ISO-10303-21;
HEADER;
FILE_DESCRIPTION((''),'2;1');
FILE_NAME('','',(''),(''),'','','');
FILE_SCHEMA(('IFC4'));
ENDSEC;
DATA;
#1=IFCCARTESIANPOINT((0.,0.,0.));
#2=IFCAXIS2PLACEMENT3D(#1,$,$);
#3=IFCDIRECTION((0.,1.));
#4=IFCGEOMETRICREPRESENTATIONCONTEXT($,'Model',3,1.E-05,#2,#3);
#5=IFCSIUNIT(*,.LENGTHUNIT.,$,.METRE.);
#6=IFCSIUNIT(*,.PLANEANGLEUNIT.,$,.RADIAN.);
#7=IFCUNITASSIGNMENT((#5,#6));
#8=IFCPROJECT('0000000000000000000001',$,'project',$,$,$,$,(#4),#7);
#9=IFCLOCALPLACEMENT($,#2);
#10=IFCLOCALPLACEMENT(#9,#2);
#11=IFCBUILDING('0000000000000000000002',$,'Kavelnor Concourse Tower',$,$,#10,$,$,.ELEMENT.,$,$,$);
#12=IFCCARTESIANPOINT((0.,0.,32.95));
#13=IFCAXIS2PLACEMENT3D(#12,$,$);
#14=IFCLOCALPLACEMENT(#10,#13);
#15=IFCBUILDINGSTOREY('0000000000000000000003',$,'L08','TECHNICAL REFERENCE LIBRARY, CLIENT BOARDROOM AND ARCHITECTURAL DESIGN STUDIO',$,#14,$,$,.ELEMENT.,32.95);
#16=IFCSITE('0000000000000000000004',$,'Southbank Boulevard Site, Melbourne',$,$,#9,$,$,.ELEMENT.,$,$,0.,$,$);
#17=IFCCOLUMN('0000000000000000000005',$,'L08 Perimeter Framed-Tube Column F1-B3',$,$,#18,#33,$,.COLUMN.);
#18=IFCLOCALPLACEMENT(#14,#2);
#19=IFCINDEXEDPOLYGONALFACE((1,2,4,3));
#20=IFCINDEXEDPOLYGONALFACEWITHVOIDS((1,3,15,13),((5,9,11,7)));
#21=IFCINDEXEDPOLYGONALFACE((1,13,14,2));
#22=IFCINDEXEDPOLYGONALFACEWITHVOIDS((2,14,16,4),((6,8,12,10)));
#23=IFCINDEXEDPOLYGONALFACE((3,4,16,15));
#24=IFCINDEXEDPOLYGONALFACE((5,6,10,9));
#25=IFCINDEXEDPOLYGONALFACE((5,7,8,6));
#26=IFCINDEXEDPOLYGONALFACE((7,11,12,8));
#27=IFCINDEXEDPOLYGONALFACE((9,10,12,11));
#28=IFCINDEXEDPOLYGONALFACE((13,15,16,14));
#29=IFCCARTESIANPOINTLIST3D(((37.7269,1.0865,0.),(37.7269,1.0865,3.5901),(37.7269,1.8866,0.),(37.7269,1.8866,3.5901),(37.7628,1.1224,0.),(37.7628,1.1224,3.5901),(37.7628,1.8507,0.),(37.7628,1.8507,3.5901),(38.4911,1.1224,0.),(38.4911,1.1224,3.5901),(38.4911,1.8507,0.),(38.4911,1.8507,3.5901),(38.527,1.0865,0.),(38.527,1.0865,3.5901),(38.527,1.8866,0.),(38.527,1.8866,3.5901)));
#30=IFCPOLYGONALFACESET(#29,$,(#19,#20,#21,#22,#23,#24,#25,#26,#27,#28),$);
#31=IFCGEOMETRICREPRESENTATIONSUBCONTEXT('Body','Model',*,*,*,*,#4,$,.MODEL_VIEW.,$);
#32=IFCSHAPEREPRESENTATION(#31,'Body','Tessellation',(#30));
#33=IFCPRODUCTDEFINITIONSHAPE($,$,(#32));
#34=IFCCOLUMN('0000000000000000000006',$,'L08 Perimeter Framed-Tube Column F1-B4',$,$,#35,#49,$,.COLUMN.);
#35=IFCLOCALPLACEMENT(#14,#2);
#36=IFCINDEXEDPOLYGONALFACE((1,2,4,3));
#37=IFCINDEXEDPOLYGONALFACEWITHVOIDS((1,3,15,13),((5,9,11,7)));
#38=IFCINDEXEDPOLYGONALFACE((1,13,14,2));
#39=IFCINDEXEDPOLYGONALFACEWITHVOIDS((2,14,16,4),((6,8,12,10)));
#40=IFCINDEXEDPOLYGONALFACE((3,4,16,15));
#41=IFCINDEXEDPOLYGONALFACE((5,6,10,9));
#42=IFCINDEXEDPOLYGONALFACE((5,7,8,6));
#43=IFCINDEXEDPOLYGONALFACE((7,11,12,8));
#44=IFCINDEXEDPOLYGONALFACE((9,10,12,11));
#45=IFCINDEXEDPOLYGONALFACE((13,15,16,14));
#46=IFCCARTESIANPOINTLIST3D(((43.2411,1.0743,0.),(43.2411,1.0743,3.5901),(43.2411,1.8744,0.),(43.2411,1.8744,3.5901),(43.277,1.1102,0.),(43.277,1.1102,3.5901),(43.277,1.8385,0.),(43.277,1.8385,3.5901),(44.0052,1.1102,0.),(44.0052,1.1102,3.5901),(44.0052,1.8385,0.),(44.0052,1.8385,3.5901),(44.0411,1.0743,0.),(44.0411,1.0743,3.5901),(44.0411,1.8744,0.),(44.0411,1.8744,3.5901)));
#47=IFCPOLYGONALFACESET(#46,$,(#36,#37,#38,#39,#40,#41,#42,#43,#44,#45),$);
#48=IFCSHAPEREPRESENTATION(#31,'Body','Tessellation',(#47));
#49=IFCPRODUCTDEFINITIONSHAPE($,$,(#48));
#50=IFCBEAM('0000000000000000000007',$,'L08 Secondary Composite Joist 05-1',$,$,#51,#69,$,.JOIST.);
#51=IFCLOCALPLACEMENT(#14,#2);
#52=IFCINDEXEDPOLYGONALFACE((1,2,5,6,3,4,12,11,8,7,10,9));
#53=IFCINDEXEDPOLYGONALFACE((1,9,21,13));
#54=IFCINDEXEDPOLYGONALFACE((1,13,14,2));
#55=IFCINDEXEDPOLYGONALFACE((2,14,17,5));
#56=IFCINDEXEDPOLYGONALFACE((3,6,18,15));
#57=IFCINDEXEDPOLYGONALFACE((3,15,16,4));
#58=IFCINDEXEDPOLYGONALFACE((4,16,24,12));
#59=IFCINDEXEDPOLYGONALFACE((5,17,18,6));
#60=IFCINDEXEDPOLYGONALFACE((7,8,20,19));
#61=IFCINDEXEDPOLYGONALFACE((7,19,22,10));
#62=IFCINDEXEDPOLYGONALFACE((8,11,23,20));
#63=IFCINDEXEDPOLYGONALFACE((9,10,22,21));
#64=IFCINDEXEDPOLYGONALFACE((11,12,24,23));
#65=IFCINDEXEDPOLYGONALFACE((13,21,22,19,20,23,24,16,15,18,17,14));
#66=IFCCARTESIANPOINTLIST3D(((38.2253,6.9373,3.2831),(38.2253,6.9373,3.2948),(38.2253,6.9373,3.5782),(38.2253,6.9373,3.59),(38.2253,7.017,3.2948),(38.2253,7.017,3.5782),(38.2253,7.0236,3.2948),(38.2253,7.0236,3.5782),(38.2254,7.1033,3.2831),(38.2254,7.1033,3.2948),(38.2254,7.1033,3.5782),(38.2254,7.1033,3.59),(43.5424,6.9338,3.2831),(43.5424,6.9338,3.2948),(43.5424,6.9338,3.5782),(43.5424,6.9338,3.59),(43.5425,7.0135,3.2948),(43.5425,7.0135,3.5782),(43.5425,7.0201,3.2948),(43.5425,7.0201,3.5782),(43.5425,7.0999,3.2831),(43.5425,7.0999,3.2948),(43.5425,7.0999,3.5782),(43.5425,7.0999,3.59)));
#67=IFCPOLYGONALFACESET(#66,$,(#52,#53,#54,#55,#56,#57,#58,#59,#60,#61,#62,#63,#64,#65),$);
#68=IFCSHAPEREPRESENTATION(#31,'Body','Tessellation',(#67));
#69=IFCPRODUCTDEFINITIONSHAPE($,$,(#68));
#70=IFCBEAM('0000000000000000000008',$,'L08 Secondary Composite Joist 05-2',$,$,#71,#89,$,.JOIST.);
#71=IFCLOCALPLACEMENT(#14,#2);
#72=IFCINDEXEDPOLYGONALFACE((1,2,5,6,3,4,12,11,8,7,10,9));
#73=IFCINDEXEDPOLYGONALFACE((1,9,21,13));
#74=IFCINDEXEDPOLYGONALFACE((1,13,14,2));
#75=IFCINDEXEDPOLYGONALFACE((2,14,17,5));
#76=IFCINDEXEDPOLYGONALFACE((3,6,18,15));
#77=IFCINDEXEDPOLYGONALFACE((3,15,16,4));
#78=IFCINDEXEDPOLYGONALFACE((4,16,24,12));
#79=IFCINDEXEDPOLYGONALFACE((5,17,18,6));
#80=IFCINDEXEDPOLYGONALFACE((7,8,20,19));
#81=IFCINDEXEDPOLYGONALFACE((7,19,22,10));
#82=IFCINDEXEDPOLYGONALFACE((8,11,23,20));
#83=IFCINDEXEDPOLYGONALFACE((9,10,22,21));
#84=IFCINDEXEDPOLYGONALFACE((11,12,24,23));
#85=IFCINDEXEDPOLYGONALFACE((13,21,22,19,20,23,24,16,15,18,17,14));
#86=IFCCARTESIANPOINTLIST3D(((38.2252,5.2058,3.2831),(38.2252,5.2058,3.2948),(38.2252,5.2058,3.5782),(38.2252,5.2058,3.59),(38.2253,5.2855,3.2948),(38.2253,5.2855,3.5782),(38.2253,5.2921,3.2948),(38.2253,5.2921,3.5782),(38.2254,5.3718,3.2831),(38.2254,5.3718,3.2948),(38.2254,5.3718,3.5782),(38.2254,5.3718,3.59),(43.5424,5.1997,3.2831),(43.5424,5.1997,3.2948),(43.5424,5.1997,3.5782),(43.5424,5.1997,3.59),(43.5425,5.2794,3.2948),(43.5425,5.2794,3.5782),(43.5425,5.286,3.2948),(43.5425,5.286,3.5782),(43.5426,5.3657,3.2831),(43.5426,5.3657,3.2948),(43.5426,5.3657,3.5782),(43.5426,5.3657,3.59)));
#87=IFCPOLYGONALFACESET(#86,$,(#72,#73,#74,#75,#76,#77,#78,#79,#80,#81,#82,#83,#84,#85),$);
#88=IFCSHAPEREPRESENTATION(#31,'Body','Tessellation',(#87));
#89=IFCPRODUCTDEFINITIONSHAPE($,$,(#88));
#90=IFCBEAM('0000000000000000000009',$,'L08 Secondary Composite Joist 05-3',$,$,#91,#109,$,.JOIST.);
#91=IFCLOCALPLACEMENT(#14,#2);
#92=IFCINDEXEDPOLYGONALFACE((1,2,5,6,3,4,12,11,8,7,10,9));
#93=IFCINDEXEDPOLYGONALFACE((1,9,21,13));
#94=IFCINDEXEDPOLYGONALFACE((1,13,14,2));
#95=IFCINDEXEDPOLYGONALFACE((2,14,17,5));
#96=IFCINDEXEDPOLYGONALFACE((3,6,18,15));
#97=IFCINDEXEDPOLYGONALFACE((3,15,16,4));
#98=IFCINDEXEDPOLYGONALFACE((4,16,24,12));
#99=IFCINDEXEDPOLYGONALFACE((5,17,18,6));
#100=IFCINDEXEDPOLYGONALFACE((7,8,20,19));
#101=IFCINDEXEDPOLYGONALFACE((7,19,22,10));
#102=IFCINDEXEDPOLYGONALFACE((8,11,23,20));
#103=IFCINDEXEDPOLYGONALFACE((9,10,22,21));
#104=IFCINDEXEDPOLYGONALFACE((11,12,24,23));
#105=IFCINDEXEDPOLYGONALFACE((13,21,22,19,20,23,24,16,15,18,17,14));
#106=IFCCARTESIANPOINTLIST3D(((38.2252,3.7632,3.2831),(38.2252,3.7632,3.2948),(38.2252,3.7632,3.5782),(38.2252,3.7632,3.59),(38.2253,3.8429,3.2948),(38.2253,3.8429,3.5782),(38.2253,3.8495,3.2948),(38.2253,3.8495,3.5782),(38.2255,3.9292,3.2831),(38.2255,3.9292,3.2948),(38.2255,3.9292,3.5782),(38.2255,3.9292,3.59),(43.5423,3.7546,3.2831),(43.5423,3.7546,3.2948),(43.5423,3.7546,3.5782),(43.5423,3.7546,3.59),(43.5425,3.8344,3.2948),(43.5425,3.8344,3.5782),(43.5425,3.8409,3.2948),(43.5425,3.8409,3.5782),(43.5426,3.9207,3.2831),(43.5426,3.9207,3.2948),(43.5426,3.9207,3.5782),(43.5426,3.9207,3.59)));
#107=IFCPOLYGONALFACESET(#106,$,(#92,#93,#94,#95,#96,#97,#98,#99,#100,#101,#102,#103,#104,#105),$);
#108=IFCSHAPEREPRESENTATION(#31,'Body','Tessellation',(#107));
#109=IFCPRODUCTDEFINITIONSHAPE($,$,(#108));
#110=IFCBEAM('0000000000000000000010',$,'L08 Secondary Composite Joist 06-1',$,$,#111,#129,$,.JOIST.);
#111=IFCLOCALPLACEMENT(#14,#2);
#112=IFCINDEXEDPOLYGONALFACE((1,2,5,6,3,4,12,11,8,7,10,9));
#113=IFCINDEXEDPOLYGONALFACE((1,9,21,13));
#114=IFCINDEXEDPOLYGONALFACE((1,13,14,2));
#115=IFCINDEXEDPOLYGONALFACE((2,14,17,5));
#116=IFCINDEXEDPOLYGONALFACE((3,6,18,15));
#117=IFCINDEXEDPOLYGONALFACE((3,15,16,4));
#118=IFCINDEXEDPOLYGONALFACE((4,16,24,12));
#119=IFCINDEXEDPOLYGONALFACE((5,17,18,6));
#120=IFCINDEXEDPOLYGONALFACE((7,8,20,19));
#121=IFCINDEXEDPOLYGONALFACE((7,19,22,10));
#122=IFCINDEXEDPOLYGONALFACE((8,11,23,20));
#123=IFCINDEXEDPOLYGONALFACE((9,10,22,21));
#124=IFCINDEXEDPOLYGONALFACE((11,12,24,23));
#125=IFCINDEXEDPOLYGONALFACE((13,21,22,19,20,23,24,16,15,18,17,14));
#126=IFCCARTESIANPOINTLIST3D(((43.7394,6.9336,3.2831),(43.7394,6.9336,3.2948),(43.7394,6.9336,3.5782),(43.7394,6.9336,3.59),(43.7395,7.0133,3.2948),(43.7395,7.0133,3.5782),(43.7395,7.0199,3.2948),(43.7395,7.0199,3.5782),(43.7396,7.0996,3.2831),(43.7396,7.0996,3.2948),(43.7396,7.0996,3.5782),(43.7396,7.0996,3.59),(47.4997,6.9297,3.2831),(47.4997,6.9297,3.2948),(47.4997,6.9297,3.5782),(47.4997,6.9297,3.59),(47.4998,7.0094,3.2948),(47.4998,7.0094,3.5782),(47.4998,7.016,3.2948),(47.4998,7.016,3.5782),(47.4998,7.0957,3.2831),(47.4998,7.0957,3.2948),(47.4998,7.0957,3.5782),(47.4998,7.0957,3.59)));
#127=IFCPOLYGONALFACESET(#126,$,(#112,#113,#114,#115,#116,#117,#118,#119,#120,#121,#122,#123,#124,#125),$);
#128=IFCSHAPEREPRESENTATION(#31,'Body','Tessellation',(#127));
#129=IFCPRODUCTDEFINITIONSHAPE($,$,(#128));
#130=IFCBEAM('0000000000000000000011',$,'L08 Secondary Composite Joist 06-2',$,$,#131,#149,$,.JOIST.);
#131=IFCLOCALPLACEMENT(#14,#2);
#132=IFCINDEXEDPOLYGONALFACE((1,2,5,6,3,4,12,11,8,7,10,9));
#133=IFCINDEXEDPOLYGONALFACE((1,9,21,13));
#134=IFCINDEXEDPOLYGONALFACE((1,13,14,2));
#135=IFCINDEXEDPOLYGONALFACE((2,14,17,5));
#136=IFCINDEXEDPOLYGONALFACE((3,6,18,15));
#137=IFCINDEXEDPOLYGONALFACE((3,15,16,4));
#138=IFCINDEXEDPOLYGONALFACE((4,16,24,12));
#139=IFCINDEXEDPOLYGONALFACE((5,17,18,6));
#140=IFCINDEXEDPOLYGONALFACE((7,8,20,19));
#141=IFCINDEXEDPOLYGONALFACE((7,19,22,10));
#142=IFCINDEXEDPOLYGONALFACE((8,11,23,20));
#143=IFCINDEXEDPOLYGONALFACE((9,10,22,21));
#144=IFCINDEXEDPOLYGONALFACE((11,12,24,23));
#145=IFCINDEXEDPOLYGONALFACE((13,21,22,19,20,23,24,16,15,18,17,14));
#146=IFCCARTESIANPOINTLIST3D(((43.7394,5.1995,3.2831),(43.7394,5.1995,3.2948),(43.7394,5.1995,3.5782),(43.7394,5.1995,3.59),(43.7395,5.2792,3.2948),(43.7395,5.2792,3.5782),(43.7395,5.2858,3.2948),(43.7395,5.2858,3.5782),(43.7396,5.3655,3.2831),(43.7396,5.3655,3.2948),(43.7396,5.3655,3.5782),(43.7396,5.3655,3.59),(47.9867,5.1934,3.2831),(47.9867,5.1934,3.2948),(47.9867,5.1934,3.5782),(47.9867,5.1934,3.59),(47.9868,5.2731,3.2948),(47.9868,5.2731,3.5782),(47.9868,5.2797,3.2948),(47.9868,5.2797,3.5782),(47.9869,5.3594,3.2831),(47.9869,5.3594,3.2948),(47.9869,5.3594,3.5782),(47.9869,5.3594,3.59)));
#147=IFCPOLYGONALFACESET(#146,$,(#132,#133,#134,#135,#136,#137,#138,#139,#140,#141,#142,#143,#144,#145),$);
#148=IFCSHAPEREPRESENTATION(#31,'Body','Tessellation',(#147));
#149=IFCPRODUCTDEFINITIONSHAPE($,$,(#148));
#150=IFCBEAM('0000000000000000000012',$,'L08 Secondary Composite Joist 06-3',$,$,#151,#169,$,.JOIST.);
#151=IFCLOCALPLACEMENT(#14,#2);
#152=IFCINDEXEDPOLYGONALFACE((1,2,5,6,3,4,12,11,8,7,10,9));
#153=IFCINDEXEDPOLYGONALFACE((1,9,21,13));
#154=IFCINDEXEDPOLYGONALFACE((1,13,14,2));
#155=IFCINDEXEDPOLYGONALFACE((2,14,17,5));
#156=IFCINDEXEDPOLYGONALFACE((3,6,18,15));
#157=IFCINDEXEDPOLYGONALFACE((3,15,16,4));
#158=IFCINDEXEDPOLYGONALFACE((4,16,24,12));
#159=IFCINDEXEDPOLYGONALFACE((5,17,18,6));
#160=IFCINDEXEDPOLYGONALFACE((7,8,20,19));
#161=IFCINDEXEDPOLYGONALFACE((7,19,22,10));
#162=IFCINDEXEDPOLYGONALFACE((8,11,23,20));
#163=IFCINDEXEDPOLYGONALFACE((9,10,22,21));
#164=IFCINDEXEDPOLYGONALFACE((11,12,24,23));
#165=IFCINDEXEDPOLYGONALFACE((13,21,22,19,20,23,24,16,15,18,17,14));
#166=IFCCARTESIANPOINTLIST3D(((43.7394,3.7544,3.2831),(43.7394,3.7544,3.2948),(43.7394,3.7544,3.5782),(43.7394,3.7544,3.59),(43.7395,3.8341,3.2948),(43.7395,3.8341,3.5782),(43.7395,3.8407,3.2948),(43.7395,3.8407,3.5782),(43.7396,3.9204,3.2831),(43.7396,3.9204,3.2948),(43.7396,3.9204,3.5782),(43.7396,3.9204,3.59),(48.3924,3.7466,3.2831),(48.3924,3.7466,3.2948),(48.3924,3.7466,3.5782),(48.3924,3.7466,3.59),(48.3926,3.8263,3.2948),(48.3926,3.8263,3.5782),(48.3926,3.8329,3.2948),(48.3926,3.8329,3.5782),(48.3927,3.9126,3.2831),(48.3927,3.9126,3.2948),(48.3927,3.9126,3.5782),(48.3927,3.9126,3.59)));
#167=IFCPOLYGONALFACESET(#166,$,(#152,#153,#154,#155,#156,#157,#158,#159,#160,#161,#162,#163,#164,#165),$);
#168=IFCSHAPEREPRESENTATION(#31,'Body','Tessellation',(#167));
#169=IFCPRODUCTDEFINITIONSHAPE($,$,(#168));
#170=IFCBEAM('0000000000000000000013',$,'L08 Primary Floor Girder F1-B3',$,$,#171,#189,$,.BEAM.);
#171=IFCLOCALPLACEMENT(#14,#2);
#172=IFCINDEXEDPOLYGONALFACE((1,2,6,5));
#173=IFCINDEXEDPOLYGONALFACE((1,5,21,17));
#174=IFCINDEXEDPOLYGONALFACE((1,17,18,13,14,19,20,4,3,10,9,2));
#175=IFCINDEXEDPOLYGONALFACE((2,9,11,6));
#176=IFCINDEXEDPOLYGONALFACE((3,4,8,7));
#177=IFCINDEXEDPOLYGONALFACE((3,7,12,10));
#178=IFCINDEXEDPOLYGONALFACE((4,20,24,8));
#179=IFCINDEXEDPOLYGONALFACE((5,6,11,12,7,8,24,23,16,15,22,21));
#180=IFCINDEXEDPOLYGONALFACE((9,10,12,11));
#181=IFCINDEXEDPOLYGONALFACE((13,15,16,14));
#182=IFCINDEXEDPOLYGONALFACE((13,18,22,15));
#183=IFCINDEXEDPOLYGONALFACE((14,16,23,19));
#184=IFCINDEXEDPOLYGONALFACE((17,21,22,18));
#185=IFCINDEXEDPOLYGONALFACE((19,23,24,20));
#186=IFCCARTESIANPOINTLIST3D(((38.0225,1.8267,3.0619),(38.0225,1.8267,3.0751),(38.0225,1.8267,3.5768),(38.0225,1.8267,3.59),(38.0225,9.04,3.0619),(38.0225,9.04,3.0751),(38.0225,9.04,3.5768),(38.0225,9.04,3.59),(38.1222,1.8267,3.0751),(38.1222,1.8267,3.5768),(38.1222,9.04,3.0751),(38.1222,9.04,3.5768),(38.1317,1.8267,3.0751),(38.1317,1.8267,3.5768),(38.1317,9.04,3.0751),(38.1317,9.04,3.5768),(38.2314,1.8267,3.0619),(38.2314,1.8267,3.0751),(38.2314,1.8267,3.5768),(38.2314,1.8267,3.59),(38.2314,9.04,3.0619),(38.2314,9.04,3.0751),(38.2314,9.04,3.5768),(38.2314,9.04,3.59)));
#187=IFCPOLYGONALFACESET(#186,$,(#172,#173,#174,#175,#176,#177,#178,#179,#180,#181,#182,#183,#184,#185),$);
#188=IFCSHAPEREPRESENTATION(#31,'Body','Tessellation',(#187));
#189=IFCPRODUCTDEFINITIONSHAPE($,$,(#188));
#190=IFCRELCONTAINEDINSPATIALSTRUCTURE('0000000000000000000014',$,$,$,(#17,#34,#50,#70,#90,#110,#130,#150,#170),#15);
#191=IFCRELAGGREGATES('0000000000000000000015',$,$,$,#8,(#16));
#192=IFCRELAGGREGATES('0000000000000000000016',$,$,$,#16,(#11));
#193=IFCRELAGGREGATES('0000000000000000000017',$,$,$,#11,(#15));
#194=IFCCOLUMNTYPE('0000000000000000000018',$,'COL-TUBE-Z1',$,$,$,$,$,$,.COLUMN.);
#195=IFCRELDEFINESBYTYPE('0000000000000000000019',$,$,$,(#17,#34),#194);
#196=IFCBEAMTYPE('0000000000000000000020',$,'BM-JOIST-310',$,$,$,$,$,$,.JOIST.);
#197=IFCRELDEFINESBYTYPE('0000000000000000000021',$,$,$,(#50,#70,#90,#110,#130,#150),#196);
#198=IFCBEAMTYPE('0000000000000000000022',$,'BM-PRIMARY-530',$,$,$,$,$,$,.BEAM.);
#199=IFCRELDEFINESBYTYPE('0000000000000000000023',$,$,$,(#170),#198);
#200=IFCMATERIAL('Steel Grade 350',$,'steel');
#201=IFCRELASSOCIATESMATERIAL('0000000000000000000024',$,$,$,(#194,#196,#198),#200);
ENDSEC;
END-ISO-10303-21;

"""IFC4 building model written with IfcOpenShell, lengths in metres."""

from ifc_helpers import new_model, si_unit, direction, frame, origin, origin_2d, place, context, subcontext, project, spatial, hollow_rectangle, i_section, extrude, material, material_profile, profile_set, type_object, element, save


model = new_model("IFC4")

# Units and contexts
model_context = context("Model", 3, precision=1e-05, world=origin(), true_north=direction((0.0, 1.0)))
body_context = subcontext(model_context, "Body", "Model", "MODEL_VIEW")
ifc_project = project(units=[si_unit("LENGTHUNIT", "METRE"), si_unit("PLANEANGLEUNIT", "RADIAN")], contexts=[model_context])

# Site, building, storey
site_placement = place(None, origin())
site = spatial("IfcSite", under=ifc_project, at=site_placement, Name="Southbank Boulevard Site, Melbourne", CompositionType="ELEMENT", RefElevation=0.0)
building_placement = place(site_placement, origin())
building = spatial("IfcBuilding", under=site, at=building_placement, Name="Kavelnor Concourse Tower", CompositionType="ELEMENT")
storey_placement = place(building_placement, frame((0.0, 0.0, 32.95)))
storey = spatial("IfcBuildingStorey", under=building, at=storey_placement, Name="L08", Description="TECHNICAL REFERENCE LIBRARY, CLIENT BOARDROOM AND ARCHITECTURAL DESIGN STUDIO", CompositionType="ELEMENT", Elevation=32.95)

# Columns
ifc_material_1 = material(Name="Steel Grade 350", Category="steel")
ifc_material_profile_1 = material_profile(ifc_material_1, hollow_rectangle(XDim=0.8, YDim=0.8, WallThickness=0.0359, at=origin_2d()), Name="SHS 800x800x36")
ifc_profile_set_1 = profile_set([ifc_material_profile_1], Name="Steel Grade 350")
column_type = type_object("IfcColumnType", Name="COL-TUBE-Z1", PredefinedType="COLUMN", material=ifc_profile_set_1)
for number, where, z_axis, x_axis, name in (
    (1, (38.127, 1.4866, 0.0), (0.0, 0.0, 1.0), (1.0, 0.0, 0.0), "L08 Perimeter Framed-Tube Column F1-B3"),
    (2, (43.6411, 1.4744, 0.0), (0.0, 0.0, 1.0), (1.0, 0.0, 0.0), "L08 Perimeter Framed-Tube Column F1-B4"),
):
    element("IfcColumn", number, at=place(storey_placement, frame(where, z_axis=z_axis, x_axis=x_axis)), inside=storey, type_object=column_type, Name=name, PredefinedType="COLUMN", context=body_context, shape_type="SweptSolid", body=[
        extrude(hollow_rectangle(XDim=0.8, YDim=0.8, WallThickness=0.0359, at=origin_2d()), origin(), (0.0, 0.0, 1.0), 3.5901),
    ])

# Beams
ifc_material_profile_2 = material_profile(ifc_material_1, i_section(OverallWidth=0.166, OverallDepth=0.3069, WebThickness=0.0066, FlangeThickness=0.0117, at=origin_2d()), Name="310UB46")
ifc_profile_set_2 = profile_set([ifc_material_profile_2], Name="Steel Grade 350")
beam_type_1 = type_object("IfcBeamType", Name="BM-JOIST-310", PredefinedType="JOIST", material=ifc_profile_set_2)
for number, where, z_axis, x_axis, name in (
    (3, (38.2253, 7.0203, 3.4365), (1.0, -0.000643, 0.0), (0.000643, 1.0, 0.0), "L08 Secondary Composite Joist 05-1"),
    (4, (38.2253, 5.2888, 3.4365), (0.999999, -0.001148, 0.0), (0.001148, 0.999999, 0.0), "L08 Secondary Composite Joist 05-2"),
    (5, (38.2253, 3.8462, 3.4365), (0.999999, -0.001607, 0.0), (0.001607, 0.999999, 0.0), "L08 Secondary Composite Joist 05-3"),
):
    element("IfcBeam", number, at=place(storey_placement, frame(where, z_axis=z_axis, x_axis=x_axis)), inside=storey, type_object=beam_type_1, Name=name, PredefinedType="JOIST", context=body_context, shape_type="SweptSolid", body=[
        extrude(i_section(OverallWidth=0.166, OverallDepth=0.3069, WebThickness=0.0066, FlangeThickness=0.0117, at=origin_2d()), origin(), (0.0, 0.0, 1.0), 5.3171),
    ])
beam_1_placement = place(storey_placement, frame((43.7395, 7.0166, 3.4365), z_axis=(0.999999, -0.001039, 0.0), x_axis=(0.001039, 0.999999, 0.0)))
element("IfcBeam", 6, at=beam_1_placement, inside=storey, type_object=beam_type_1, Name="L08 Secondary Composite Joist 06-1", PredefinedType="JOIST", context=body_context, shape_type="SweptSolid", body=[
    extrude(i_section(OverallWidth=0.166, OverallDepth=0.3069, WebThickness=0.0066, FlangeThickness=0.0117, at=origin_2d()), origin(), (0.0, 0.0, 1.0), 3.7603),
])
beam_2_placement = place(storey_placement, frame((43.7395, 5.2825, 3.4365), z_axis=(0.999999, -0.001437, 0.0), x_axis=(0.001437, 0.999999, 0.0)))
element("IfcBeam", 7, at=beam_2_placement, inside=storey, type_object=beam_type_1, Name="L08 Secondary Composite Joist 06-2", PredefinedType="JOIST", context=body_context, shape_type="SweptSolid", body=[
    extrude(i_section(OverallWidth=0.166, OverallDepth=0.3069, WebThickness=0.0066, FlangeThickness=0.0117, at=origin_2d()), origin(), (0.0, 0.0, 1.0), 4.2473),
])
beam_3_placement = place(storey_placement, frame((43.7395, 3.8374, 3.4365), z_axis=(0.999999, -0.001679, 0.0), x_axis=(0.001679, 0.999999, 0.0)))
element("IfcBeam", 8, at=beam_3_placement, inside=storey, type_object=beam_type_1, Name="L08 Secondary Composite Joist 06-3", PredefinedType="JOIST", context=body_context, shape_type="SweptSolid", body=[
    extrude(i_section(OverallWidth=0.166, OverallDepth=0.3069, WebThickness=0.0066, FlangeThickness=0.0117, at=origin_2d()), origin(), (0.0, 0.0, 1.0), 4.6531),
])
ifc_material_profile_3 = material_profile(ifc_material_1, i_section(OverallWidth=0.209, OverallDepth=0.5281, WebThickness=0.0095, FlangeThickness=0.0132, at=origin_2d()), Name="530UB82")
ifc_profile_set_3 = profile_set([ifc_material_profile_3], Name="Steel Grade 350")
beam_type_2 = type_object("IfcBeamType", Name="BM-PRIMARY-530", PredefinedType="BEAM", material=ifc_profile_set_3)
beam_4_placement = place(storey_placement, frame((38.127, 9.04, 3.3259), z_axis=(0.0, -1.0, 0.0), x_axis=(1.0, 0.0, 0.0)))
element("IfcBeam", 9, at=beam_4_placement, inside=storey, type_object=beam_type_2, Name="L08 Primary Floor Girder F1-B3", PredefinedType="BEAM", context=body_context, shape_type="SweptSolid", body=[
    extrude(i_section(OverallWidth=0.209, OverallDepth=0.5281, WebThickness=0.0095, FlangeThickness=0.0132, at=origin_2d()), origin(), (0.0, 0.0, 1.0), 7.2134),
])

save(model, "model.ifc")
